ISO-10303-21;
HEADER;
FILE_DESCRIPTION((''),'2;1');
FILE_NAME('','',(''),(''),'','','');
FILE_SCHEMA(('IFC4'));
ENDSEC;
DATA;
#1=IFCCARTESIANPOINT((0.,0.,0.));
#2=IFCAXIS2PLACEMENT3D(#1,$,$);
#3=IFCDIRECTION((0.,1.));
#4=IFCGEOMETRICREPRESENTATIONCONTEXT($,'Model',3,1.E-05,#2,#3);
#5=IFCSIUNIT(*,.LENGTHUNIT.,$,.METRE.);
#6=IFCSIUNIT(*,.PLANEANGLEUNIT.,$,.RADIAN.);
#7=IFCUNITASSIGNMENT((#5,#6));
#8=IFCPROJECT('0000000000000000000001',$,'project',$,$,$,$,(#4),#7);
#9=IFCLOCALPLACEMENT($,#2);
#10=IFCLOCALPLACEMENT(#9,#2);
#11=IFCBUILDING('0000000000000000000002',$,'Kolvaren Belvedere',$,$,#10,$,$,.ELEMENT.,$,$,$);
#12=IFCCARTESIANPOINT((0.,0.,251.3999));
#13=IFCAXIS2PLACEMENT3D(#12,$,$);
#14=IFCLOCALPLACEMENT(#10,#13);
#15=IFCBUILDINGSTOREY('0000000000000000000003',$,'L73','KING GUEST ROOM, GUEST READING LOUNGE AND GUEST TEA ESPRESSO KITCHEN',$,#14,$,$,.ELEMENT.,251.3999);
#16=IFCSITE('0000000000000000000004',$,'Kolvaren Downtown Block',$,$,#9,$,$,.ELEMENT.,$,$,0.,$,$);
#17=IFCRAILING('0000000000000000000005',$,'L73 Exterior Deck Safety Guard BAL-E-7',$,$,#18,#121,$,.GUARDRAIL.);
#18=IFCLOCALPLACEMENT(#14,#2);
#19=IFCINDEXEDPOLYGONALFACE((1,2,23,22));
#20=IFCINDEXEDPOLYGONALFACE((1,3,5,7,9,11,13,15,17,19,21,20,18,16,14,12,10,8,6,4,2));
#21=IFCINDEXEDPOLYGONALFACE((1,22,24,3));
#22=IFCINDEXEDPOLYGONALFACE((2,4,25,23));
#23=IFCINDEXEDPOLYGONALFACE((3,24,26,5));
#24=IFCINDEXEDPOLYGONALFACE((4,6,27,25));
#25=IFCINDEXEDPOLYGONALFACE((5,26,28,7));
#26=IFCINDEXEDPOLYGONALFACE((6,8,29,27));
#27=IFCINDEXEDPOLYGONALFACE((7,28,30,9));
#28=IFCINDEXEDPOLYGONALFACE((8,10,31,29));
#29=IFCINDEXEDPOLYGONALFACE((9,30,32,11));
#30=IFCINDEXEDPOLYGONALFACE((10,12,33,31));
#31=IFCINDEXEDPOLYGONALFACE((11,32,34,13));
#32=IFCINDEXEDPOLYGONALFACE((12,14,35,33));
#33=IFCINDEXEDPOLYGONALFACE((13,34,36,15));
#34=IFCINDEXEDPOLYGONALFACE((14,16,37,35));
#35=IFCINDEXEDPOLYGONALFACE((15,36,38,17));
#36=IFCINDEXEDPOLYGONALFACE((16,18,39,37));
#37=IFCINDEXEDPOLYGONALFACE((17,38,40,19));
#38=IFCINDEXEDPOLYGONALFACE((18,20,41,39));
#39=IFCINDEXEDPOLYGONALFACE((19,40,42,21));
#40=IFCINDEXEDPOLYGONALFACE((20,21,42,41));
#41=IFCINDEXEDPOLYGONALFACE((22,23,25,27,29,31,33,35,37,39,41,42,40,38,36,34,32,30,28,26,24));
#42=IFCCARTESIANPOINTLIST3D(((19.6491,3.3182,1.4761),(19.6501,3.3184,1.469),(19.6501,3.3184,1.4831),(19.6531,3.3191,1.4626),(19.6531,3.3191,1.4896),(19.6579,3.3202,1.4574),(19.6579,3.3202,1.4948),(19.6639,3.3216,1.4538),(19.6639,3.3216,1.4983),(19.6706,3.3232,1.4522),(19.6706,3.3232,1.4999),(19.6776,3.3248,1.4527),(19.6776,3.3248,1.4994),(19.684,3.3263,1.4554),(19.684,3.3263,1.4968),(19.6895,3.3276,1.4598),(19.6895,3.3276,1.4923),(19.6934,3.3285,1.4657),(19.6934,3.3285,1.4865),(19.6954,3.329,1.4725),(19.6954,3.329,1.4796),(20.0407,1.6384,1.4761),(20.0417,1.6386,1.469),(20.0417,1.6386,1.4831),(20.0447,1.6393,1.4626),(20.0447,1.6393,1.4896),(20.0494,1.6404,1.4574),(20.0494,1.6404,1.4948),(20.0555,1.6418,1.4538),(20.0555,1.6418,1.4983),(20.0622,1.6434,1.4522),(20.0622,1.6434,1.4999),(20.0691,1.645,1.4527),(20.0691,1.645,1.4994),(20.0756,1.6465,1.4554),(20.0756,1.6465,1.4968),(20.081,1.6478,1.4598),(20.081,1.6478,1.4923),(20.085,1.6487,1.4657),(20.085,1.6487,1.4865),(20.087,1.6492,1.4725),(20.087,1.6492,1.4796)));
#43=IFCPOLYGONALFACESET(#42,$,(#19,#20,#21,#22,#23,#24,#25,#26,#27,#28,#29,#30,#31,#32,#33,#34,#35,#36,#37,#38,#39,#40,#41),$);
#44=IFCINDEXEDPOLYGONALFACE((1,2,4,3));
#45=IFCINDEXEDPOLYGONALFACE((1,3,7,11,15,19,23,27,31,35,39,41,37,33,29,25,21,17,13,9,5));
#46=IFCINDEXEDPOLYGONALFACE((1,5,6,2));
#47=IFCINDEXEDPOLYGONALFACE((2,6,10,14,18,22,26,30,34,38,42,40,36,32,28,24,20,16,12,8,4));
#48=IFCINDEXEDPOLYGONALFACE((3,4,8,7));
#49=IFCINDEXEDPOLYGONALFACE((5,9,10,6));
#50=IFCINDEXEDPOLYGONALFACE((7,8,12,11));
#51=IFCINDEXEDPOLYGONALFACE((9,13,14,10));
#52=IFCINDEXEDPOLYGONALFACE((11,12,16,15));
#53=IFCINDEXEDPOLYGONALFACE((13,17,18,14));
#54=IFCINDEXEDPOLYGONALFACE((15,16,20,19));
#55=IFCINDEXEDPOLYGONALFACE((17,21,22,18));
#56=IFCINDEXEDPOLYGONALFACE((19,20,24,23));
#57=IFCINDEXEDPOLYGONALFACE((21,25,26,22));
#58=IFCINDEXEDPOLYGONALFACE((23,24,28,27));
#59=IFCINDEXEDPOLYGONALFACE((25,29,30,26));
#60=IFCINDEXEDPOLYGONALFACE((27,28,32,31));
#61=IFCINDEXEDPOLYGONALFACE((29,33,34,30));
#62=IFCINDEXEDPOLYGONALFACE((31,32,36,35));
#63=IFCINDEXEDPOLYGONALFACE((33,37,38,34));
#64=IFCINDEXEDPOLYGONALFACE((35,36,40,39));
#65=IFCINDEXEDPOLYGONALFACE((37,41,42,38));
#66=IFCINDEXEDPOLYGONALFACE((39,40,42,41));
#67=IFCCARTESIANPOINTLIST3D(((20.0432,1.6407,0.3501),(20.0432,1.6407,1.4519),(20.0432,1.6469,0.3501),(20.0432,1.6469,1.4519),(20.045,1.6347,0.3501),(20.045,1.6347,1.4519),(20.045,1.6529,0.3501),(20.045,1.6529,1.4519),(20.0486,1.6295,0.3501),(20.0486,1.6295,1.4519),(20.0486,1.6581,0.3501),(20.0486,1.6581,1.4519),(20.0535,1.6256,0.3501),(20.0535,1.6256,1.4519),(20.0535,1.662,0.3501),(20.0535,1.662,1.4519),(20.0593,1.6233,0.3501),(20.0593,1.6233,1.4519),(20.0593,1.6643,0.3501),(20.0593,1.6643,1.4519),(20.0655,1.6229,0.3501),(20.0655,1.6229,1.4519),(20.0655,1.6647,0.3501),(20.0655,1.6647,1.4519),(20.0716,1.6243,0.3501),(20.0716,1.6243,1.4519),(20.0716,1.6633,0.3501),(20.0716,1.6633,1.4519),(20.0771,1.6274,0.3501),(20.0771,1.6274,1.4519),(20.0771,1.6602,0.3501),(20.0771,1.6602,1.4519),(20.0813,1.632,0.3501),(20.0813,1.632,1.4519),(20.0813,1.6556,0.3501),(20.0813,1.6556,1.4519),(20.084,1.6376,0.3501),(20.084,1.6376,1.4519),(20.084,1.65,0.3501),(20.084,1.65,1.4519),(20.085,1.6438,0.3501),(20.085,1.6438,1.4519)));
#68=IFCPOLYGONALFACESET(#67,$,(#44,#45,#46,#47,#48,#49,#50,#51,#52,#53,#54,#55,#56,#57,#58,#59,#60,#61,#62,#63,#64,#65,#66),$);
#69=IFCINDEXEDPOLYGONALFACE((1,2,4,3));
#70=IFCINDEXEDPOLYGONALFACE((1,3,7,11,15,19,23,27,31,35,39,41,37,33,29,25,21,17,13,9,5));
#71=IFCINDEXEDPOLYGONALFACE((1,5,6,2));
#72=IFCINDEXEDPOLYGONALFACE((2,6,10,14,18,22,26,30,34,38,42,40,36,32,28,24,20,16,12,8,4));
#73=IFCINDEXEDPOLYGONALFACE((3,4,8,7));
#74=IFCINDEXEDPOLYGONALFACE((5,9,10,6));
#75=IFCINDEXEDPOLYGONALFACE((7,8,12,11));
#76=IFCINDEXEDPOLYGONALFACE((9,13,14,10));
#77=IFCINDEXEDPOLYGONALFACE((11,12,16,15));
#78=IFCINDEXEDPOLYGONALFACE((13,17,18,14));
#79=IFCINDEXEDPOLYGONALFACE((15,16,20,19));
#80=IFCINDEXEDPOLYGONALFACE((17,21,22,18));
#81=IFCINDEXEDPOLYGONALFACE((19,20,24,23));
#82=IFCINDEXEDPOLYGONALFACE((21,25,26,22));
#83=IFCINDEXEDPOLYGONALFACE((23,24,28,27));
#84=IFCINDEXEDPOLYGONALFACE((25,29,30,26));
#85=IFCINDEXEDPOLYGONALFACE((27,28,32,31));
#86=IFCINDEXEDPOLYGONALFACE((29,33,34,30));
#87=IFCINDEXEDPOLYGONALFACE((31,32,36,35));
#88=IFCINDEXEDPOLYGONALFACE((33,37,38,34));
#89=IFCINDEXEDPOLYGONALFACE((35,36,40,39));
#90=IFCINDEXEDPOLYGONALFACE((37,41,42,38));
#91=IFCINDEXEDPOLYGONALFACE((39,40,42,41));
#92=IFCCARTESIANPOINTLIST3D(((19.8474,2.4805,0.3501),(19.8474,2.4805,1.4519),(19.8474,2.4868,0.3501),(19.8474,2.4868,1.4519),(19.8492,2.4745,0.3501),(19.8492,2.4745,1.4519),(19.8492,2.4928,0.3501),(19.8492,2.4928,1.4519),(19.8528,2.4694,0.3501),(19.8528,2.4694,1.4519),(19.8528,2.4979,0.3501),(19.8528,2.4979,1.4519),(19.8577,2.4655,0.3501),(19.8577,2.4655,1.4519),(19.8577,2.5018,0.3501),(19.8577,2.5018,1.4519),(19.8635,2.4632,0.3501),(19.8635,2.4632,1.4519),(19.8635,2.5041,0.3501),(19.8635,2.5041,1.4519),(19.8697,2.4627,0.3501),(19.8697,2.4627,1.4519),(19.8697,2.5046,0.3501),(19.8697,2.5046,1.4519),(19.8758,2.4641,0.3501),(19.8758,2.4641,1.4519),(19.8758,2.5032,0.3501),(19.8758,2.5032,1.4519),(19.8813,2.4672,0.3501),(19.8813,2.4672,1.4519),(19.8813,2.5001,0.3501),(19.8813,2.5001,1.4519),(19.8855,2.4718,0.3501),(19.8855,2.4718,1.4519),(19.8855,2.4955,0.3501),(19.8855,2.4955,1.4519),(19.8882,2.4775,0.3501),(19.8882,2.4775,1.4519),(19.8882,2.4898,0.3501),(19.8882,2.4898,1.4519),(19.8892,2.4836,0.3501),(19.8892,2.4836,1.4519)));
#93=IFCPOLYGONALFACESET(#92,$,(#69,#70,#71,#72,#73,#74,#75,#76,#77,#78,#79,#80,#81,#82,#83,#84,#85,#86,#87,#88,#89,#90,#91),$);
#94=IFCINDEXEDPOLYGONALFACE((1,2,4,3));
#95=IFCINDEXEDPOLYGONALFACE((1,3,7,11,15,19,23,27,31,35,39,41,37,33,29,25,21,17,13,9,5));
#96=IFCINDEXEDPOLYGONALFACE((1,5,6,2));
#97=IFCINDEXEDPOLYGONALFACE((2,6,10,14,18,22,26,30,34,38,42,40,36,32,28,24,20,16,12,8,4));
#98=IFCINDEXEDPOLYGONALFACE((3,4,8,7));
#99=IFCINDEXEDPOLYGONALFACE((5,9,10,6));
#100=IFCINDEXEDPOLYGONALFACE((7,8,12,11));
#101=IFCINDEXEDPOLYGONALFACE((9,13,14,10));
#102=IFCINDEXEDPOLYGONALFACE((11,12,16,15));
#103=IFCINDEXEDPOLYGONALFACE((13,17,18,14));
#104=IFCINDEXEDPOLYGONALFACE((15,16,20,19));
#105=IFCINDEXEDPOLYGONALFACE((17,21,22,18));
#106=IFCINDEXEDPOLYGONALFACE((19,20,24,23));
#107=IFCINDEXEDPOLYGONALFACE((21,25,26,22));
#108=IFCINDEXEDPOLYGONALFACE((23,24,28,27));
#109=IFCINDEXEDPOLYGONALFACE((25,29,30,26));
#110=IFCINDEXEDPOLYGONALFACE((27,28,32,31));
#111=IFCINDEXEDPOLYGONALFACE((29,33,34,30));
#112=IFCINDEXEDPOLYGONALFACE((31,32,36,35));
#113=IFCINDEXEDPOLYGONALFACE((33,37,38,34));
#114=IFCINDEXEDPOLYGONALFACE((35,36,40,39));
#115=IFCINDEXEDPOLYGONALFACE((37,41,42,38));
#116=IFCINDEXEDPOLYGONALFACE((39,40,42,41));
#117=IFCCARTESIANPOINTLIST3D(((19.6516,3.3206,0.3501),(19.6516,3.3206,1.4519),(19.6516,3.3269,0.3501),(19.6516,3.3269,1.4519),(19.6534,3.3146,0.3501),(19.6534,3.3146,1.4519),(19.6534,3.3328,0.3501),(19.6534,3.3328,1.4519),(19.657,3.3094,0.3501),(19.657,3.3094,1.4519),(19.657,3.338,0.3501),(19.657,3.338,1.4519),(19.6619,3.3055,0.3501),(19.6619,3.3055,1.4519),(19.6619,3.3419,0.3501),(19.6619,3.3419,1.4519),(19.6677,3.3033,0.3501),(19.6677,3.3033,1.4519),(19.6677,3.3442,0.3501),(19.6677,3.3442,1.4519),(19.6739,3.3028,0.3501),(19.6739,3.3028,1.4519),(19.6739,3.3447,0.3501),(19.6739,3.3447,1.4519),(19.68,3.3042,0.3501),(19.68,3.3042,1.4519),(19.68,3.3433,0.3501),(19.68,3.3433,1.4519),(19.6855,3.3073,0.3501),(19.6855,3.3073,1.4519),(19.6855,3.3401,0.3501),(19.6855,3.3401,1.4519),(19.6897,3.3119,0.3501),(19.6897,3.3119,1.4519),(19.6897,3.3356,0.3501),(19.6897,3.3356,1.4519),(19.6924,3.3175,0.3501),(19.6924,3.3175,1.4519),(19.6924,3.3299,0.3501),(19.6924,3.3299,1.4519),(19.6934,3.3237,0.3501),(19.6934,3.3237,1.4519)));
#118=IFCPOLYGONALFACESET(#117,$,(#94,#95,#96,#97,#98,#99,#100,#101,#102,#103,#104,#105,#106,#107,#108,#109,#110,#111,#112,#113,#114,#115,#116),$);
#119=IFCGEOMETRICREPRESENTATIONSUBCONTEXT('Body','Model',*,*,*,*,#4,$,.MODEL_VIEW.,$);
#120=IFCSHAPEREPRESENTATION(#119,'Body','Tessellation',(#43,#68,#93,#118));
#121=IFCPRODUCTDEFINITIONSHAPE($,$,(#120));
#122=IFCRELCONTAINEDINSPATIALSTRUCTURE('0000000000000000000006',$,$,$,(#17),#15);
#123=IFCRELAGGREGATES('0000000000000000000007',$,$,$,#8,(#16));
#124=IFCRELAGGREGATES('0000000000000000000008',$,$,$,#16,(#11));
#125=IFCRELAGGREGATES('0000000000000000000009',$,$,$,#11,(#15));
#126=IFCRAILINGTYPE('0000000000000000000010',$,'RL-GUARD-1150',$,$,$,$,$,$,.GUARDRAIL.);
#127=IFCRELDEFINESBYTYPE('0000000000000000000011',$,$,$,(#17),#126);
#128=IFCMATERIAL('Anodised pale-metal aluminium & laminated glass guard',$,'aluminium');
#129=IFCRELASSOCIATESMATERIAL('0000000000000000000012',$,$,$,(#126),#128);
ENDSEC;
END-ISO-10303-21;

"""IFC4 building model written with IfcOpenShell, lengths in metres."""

from ifc_helpers import new_model, si_unit, direction, frame, origin, origin_2d, place, context, subcontext, project, spatial, circle, extrude, material, type_object, element, save


model = new_model("IFC4")

# Units and contexts
model_context = context("Model", 3, precision=1e-05, world=origin(), true_north=direction((0.0, 1.0)))
body_context = subcontext(model_context, "Body", "Model", "MODEL_VIEW")
ifc_project = project(units=[si_unit("LENGTHUNIT", "METRE"), si_unit("PLANEANGLEUNIT", "RADIAN")], contexts=[model_context])

# Site, building, storey
site_placement = place(None, origin())
site = spatial("IfcSite", under=ifc_project, at=site_placement, Name="Kolvaren Downtown Block", CompositionType="ELEMENT", RefElevation=0.0)
building_placement = place(site_placement, origin())
building = spatial("IfcBuilding", under=site, at=building_placement, Name="Kolvaren Belvedere", CompositionType="ELEMENT")
storey_placement = place(building_placement, frame((0.0, 0.0, 251.3999)))
storey = spatial("IfcBuildingStorey", under=building, at=storey_placement, Name="L73", Description="KING GUEST ROOM, GUEST READING LOUNGE AND GUEST TEA ESPRESSO KITCHEN", CompositionType="ELEMENT", Elevation=251.3999)

# Railing
ifc_material_1 = material(Name="Anodised pale-metal aluminium & laminated glass guard", Category="aluminium")
railing_type = type_object("IfcRailingType", Name="RL-GUARD-1150", PredefinedType="GUARDRAIL", material=ifc_material_1)
railing_1_placement = place(storey_placement, frame((20.064, 1.6438, 0.3501)))
element("IfcRailing", 1, at=railing_1_placement, inside=storey, type_object=railing_type, Name="L73 Exterior Deck Safety Guard BAL-E-7", PredefinedType="GUARDRAIL", context=body_context, shape_type="SweptSolid", body=[
    extrude(circle(Radius=0.0239, at=origin_2d()), frame((0.0, 0.0, 1.126), z_axis=(-0.227019, 0.97389, 0.0), x_axis=(-0.97389, -0.227019, 0.0)), (0.0, 0.0, 1.0), 1.7249),
    extrude(circle(Radius=0.021, at=origin_2d()), origin(), (0.0, 0.0, 1.0), 1.1018),
    extrude(circle(Radius=0.021, at=origin_2d()), frame((-0.1958, 0.8398, 0.0)), (0.0, 0.0, 1.0), 1.1018),
    extrude(circle(Radius=0.021, at=origin_2d()), frame((-0.3916, 1.6799, 0.0)), (0.0, 0.0, 1.0), 1.1018),
])

save(model, "model.ifc")
